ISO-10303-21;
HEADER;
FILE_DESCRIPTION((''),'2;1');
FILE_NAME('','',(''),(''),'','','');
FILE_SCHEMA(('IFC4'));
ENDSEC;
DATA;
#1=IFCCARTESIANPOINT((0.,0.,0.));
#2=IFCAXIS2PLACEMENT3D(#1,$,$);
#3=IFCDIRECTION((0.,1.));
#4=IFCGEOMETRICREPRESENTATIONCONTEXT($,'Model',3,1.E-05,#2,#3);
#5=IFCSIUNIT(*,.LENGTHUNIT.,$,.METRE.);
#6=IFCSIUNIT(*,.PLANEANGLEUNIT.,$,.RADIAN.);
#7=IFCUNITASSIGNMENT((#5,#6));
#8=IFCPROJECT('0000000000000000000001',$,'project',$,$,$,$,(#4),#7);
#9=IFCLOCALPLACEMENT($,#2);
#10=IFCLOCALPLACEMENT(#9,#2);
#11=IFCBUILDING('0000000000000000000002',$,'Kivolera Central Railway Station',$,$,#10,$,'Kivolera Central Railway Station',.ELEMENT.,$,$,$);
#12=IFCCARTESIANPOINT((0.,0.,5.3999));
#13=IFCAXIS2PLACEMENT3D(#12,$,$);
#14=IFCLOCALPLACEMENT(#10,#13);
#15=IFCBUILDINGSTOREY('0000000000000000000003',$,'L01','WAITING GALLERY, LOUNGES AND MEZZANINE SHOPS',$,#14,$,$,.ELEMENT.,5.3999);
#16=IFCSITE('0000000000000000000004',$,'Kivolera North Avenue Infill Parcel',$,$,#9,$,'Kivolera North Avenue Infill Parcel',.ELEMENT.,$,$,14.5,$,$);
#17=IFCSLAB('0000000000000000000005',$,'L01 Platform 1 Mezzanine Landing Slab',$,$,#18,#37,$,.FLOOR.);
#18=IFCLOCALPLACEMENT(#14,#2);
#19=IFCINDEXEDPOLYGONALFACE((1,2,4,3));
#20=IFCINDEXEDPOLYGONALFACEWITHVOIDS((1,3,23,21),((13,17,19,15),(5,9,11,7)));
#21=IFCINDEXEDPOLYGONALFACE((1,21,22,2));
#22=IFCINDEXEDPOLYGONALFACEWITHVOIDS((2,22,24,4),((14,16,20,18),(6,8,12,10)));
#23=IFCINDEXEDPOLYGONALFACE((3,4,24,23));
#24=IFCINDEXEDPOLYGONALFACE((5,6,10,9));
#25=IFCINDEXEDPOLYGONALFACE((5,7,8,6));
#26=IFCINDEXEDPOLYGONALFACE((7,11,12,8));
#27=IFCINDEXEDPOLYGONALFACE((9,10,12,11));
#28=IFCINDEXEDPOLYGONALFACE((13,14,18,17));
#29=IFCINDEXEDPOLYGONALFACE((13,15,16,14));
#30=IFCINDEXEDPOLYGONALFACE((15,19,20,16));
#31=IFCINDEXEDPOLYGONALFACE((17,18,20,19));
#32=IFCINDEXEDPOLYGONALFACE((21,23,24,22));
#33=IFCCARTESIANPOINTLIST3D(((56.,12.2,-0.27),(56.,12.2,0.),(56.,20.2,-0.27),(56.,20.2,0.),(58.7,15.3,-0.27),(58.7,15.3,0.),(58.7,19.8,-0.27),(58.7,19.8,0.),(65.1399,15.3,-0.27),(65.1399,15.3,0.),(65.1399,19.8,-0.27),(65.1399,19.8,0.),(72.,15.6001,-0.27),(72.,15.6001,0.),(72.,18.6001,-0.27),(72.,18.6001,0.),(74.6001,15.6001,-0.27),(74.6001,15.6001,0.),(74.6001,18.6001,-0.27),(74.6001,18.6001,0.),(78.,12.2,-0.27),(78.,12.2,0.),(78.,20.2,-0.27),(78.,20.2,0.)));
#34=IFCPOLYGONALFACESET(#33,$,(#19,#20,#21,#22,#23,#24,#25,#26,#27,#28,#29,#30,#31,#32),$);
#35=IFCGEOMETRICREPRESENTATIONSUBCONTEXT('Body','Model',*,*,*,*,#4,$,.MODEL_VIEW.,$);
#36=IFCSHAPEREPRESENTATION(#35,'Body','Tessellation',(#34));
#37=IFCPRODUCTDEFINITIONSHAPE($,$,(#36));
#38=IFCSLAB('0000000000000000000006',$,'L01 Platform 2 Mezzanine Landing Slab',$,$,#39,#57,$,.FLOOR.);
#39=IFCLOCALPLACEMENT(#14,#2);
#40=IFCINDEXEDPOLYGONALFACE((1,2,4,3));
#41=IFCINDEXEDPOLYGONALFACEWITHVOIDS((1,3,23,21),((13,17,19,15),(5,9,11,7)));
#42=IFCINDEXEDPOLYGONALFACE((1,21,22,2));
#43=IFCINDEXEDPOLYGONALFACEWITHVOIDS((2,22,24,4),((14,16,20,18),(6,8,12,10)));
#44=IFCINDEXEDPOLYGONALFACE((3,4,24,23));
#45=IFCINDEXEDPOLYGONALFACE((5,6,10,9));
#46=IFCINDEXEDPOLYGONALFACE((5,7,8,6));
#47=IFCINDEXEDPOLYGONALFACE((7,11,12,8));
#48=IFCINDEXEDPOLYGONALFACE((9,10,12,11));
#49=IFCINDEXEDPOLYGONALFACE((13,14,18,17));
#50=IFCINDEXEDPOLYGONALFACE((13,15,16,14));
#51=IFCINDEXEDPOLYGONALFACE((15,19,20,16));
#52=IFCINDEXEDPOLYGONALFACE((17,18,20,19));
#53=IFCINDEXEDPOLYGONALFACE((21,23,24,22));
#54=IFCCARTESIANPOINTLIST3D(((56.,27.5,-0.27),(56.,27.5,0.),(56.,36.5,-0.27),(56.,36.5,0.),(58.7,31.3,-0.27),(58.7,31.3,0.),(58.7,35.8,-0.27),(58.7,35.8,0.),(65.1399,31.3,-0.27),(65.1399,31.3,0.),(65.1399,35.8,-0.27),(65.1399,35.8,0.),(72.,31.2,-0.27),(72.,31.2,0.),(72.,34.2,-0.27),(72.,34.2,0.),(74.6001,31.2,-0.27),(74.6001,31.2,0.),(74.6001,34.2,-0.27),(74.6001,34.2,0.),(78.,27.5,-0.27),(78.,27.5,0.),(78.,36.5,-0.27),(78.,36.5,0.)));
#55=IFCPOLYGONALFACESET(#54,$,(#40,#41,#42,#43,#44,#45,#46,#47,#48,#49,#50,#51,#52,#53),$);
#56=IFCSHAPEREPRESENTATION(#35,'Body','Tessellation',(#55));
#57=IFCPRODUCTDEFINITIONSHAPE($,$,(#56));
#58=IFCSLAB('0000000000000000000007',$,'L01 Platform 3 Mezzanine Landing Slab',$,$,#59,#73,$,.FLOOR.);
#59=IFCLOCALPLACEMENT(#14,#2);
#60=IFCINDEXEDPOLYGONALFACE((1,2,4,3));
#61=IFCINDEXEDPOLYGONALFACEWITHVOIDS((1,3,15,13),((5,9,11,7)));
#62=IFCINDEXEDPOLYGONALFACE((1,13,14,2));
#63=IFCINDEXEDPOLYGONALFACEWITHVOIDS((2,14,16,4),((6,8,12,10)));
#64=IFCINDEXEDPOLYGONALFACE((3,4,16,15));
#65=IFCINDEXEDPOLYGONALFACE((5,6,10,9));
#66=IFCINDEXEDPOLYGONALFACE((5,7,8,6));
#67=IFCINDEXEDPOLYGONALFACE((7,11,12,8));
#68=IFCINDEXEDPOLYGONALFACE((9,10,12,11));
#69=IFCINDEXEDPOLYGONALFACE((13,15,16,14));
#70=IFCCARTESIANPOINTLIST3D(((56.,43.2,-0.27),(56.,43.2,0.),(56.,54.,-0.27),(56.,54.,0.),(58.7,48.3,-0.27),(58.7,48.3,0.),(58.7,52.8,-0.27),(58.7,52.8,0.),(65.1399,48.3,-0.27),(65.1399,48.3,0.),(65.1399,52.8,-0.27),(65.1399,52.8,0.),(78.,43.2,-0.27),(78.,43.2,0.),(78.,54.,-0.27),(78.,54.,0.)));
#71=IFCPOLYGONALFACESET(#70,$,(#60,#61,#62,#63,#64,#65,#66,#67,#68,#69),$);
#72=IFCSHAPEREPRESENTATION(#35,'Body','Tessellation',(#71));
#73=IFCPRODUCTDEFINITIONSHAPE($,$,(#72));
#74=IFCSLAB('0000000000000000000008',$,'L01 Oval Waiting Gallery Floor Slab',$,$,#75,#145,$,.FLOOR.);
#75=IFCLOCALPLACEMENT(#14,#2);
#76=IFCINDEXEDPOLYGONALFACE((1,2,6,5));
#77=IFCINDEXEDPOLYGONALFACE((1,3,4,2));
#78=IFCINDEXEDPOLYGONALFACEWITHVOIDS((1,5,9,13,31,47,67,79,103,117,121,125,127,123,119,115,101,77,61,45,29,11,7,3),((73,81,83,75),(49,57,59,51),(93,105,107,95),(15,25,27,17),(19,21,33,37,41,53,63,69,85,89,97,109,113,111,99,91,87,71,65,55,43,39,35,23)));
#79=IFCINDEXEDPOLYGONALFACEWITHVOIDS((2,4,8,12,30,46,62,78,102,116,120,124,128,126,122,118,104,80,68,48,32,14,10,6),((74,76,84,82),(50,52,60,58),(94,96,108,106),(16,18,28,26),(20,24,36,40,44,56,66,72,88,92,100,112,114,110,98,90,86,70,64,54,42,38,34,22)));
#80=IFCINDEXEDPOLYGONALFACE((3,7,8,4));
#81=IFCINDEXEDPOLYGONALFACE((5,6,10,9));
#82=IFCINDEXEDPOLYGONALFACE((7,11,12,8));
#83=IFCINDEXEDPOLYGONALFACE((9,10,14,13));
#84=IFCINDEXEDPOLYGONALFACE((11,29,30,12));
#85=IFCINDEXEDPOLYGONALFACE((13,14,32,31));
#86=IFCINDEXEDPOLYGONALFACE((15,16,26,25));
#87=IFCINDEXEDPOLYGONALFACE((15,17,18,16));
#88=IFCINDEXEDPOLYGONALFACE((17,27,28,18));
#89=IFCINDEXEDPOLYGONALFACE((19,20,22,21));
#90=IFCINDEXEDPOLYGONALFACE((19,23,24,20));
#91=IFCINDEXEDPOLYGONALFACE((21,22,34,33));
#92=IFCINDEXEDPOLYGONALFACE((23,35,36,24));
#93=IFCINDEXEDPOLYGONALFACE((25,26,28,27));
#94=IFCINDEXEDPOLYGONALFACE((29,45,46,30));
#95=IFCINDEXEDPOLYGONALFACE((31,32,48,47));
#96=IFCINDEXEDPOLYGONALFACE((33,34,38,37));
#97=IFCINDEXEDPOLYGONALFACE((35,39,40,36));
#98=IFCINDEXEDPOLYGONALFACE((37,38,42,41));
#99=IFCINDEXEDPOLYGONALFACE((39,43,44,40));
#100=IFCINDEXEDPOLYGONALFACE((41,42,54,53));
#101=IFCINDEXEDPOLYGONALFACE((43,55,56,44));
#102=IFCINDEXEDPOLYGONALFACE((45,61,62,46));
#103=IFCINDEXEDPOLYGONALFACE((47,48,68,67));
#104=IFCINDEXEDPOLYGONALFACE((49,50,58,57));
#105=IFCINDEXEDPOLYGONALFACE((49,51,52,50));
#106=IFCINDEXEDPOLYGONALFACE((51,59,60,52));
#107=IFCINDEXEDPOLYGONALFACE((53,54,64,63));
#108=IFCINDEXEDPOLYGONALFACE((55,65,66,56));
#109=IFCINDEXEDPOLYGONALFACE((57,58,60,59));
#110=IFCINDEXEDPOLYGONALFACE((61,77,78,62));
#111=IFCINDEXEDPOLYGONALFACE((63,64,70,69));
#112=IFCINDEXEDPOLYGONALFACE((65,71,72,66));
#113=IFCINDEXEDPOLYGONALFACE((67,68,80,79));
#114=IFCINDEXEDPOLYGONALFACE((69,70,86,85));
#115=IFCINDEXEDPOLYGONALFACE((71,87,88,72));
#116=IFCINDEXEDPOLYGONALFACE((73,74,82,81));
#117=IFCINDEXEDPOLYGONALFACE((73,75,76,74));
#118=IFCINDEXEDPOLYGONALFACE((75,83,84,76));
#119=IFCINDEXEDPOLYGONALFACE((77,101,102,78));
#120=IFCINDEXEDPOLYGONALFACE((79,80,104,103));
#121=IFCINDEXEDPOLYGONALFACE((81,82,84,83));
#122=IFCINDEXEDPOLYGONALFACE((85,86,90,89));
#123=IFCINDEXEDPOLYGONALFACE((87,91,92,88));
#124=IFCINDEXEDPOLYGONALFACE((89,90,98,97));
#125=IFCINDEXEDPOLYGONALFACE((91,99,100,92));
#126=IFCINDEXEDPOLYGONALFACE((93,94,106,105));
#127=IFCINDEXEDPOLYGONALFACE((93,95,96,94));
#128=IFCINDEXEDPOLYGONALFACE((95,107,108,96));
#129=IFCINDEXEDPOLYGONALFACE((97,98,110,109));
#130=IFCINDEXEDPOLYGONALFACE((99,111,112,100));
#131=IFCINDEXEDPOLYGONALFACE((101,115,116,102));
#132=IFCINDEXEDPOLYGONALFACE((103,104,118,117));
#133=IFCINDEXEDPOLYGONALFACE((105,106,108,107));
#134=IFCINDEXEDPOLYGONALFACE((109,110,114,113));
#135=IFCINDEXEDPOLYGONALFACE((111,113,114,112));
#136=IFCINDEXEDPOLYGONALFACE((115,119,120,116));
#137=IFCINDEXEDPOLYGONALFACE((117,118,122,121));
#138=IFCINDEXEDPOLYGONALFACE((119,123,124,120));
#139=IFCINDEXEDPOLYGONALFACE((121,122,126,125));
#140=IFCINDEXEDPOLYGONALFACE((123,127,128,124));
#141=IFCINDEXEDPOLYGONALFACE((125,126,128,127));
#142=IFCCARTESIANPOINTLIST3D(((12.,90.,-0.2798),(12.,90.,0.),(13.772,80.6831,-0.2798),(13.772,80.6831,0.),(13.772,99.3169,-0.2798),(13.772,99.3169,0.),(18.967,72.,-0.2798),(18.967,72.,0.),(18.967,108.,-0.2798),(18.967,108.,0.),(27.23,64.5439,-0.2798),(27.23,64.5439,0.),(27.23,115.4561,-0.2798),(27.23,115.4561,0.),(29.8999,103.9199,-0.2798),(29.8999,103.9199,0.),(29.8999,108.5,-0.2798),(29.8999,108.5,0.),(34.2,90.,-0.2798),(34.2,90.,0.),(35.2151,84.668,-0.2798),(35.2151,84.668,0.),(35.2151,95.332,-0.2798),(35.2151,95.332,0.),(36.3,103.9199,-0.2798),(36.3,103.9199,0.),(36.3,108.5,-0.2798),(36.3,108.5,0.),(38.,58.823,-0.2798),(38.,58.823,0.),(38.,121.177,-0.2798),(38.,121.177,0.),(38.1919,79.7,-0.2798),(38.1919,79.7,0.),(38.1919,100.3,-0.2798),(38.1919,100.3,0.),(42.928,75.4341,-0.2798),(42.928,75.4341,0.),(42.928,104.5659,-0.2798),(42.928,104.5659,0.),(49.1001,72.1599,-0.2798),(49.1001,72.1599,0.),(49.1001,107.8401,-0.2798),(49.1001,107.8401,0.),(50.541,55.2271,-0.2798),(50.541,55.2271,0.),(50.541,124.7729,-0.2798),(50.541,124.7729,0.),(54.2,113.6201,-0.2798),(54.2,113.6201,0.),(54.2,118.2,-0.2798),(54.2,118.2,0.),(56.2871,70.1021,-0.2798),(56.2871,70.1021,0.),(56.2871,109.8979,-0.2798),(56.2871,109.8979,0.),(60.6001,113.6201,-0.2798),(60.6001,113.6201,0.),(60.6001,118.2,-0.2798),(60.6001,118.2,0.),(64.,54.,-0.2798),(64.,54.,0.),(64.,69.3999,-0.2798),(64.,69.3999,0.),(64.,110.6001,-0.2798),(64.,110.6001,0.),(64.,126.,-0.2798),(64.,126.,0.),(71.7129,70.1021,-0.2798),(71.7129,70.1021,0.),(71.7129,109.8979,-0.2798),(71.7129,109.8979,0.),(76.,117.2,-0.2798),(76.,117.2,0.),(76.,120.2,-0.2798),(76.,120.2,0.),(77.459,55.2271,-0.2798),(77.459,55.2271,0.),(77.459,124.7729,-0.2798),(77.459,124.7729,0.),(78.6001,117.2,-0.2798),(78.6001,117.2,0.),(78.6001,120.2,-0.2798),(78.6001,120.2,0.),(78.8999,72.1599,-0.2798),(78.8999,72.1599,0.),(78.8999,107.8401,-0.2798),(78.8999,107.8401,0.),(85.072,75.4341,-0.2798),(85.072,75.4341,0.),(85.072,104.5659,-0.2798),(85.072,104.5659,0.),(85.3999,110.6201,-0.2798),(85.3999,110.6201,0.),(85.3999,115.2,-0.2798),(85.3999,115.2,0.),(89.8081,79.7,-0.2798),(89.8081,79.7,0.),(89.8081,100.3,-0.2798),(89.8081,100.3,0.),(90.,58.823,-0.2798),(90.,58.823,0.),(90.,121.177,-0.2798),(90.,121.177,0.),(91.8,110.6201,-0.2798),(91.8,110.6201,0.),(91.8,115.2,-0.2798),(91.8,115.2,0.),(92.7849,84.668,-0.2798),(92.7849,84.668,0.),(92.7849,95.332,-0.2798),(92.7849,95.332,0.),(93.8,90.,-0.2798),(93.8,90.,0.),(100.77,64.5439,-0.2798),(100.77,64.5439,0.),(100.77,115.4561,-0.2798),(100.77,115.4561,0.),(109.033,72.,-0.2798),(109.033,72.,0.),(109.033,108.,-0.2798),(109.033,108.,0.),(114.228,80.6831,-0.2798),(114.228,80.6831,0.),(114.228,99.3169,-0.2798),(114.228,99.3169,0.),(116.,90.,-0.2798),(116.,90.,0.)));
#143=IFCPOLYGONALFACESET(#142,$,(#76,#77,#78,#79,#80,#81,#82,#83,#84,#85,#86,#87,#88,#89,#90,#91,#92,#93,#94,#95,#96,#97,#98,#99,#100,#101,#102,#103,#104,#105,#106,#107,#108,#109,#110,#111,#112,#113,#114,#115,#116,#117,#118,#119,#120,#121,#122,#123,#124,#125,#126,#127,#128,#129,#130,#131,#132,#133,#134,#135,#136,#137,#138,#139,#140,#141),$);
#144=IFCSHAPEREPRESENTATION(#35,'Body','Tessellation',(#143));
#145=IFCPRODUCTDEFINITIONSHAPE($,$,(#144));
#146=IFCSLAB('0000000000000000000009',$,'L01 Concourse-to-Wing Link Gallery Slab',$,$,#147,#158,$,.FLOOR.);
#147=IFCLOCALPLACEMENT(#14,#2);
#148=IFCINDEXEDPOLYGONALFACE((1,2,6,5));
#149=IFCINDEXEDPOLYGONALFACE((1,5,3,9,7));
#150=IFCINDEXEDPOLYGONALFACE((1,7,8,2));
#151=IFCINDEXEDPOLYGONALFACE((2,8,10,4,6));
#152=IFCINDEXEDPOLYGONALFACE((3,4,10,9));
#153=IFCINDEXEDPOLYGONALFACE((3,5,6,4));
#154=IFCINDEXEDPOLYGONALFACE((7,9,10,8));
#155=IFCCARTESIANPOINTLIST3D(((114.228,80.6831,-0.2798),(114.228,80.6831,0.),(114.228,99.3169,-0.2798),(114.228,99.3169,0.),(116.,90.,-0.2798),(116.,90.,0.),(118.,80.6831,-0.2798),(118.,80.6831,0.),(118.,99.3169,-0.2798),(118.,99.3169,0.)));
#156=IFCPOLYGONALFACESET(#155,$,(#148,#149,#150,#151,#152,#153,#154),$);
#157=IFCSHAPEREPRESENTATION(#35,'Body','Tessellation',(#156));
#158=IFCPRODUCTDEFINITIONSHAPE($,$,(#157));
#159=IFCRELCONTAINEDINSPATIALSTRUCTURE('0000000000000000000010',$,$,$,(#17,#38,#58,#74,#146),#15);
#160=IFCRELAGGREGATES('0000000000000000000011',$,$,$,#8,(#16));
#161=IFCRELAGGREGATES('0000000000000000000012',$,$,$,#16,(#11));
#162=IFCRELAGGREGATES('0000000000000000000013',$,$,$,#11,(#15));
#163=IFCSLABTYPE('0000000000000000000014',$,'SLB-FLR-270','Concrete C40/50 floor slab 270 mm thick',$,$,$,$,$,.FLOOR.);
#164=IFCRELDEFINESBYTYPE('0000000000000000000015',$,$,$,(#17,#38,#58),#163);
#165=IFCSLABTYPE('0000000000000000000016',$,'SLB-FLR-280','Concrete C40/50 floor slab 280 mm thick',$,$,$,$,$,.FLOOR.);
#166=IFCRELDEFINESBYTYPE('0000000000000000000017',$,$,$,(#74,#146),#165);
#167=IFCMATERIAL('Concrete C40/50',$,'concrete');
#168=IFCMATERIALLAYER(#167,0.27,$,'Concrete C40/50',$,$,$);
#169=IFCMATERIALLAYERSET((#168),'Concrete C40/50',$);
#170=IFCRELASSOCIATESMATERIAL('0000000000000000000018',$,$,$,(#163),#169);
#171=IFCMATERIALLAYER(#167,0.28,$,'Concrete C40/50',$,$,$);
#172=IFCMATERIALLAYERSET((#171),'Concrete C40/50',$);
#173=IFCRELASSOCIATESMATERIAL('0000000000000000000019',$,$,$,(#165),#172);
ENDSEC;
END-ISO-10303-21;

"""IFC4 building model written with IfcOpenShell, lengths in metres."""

from ifc_helpers import new_model, si_unit, direction, frame, origin, place, context, subcontext, project, spatial, polyline, outline, extrude, material, layer, layer_set, type_object, element, save


model = new_model("IFC4")

# Units and contexts
model_context = context("Model", 3, precision=1e-05, world=origin(), true_north=direction((0.0, 1.0)))
body_context = subcontext(model_context, "Body", "Model", "MODEL_VIEW")
ifc_project = project(units=[si_unit("LENGTHUNIT", "METRE"), si_unit("PLANEANGLEUNIT", "RADIAN")], contexts=[model_context])

# Site, building, storey
site_placement = place(None, origin())
site = spatial("IfcSite", under=ifc_project, at=site_placement, Name="Kivolera North Avenue Infill Parcel", LongName="Kivolera North Avenue Infill Parcel", CompositionType="ELEMENT", RefElevation=14.5)
building_placement = place(site_placement, origin())
building = spatial("IfcBuilding", under=site, at=building_placement, Name="Kivolera Central Railway Station", LongName="Kivolera Central Railway Station", CompositionType="ELEMENT")
storey_placement = place(building_placement, frame((0.0, 0.0, 5.3999)))
storey = spatial("IfcBuildingStorey", under=building, at=storey_placement, Name="L01", Description="WAITING GALLERY, LOUNGES AND MEZZANINE SHOPS", CompositionType="ELEMENT", Elevation=5.3999)

# Slabs
ifc_material_1 = material(Name="Concrete C40/50", Category="concrete")
ifc_layer_1 = layer(ifc_material_1, 0.27, Name="Concrete C40/50")
ifc_layer_set_1 = layer_set([ifc_layer_1], Name="Concrete C40/50")
slab_type_1 = type_object("IfcSlabType", Name="SLB-FLR-270", Description="Concrete C40/50 floor slab 270 mm thick", PredefinedType="FLOOR", material=ifc_layer_set_1)
slab_1_placement = place(storey_placement, frame((0.0, 0.0, -0.27)))
element("IfcSlab", 1, at=slab_1_placement, inside=storey, type_object=slab_type_1, Name="L01 Platform 1 Mezzanine Landing Slab", PredefinedType="FLOOR", context=body_context, shape_type="SweptSolid", body=[
    extrude(outline(polyline([(56.0, 12.2), (78.0, 12.2), (78.0, 20.2), (56.0, 20.2), (56.0, 12.2)]), holes=[polyline([(65.1399, 19.8), (58.7, 19.8), (58.7, 15.3), (65.1399, 15.3), (65.1399, 19.8)]), polyline([(72.0, 15.6001), (74.6001, 15.6001), (74.6001, 18.6001), (72.0, 18.6001), (72.0, 15.6001)])]), origin(), (0.0, 0.0, 1.0), 0.27),
])
slab_2_placement = place(storey_placement, frame((0.0, 0.0, -0.27)))
element("IfcSlab", 2, at=slab_2_placement, inside=storey, type_object=slab_type_1, Name="L01 Platform 2 Mezzanine Landing Slab", PredefinedType="FLOOR", context=body_context, shape_type="SweptSolid", body=[
    extrude(outline(polyline([(56.0, 27.5), (78.0, 27.5), (78.0, 36.5), (56.0, 36.5), (56.0, 27.5)]), holes=[polyline([(65.1399, 35.8), (58.7, 35.8), (58.7, 31.3), (65.1399, 31.3), (65.1399, 35.8)]), polyline([(72.0, 31.2), (74.6001, 31.2), (74.6001, 34.2), (72.0, 34.2), (72.0, 31.2)])]), origin(), (0.0, 0.0, 1.0), 0.27),
])
slab_3_placement = place(storey_placement, frame((0.0, 0.0, -0.27)))
element("IfcSlab", 3, at=slab_3_placement, inside=storey, type_object=slab_type_1, Name="L01 Platform 3 Mezzanine Landing Slab", PredefinedType="FLOOR", context=body_context, shape_type="SweptSolid", body=[
    extrude(outline(polyline([(56.0, 43.2), (78.0, 43.2), (78.0, 54.0), (56.0, 54.0), (56.0, 43.2)]), holes=[polyline([(65.1399, 52.8), (58.7, 52.8), (58.7, 48.3), (65.1399, 48.3), (65.1399, 52.8)])]), origin(), (0.0, 0.0, 1.0), 0.27),
])
ifc_layer_2 = layer(ifc_material_1, 0.28, Name="Concrete C40/50")
ifc_layer_set_2 = layer_set([ifc_layer_2], Name="Concrete C40/50")
slab_type_2 = type_object("IfcSlabType", Name="SLB-FLR-280", Description="Concrete C40/50 floor slab 280 mm thick", PredefinedType="FLOOR", material=ifc_layer_set_2)
slab_4_placement = place(storey_placement, frame((0.0, 0.0, -0.2798)))
element("IfcSlab", 4, at=slab_4_placement, inside=storey, type_object=slab_type_2, Name="L01 Oval Waiting Gallery Floor Slab", PredefinedType="FLOOR", context=body_context, shape_type="SweptSolid", body=[
    extrude(outline(polyline([(116.0, 90.0), (114.228, 99.3169), (109.033, 108.0), (100.77, 115.4561), (90.0, 121.177), (77.459, 124.7729), (64.0, 126.0), (50.541, 124.7729), (38.0, 121.177), (27.23, 115.4561), (18.967, 108.0), (13.772, 99.3169), (12.0, 90.0), (13.772, 80.6831), (18.967, 72.0), (27.23, 64.5439), (38.0, 58.823), (50.541, 55.2271), (64.0, 54.0), (77.459, 55.2271), (90.0, 58.823), (100.77, 64.5439), (109.033, 72.0), (114.228, 80.6831), (116.0, 90.0)]), holes=[polyline([(93.8, 90.0), (92.7849, 95.332), (89.8081, 100.3), (85.072, 104.5659), (78.8999, 107.8401), (71.7129, 109.8979), (64.0, 110.6001), (56.2871, 109.8979), (49.1001, 107.8401), (42.928, 104.5659), (38.1919, 100.3), (35.2151, 95.332), (34.2, 90.0), (35.2151, 84.668), (38.1919, 79.7), (42.928, 75.4341), (49.1001, 72.1599), (56.2871, 70.1021), (64.0, 69.3999), (71.7129, 70.1021), (78.8999, 72.1599), (85.072, 75.4341), (89.8081, 79.7), (92.7849, 84.668), (93.8, 90.0)]), polyline([(60.6001, 118.2), (54.2, 118.2), (54.2, 113.6201), (60.6001, 113.6201), (60.6001, 118.2)]), polyline([(36.3, 108.5), (29.8999, 108.5), (29.8999, 103.9199), (36.3, 103.9199), (36.3, 108.5)]), polyline([(91.8, 115.2), (85.3999, 115.2), (85.3999, 110.6201), (91.8, 110.6201), (91.8, 115.2)]), polyline([(76.0, 117.2), (78.6001, 117.2), (78.6001, 120.2), (76.0, 120.2), (76.0, 117.2)])]), origin(), (0.0, 0.0, 1.0), 0.2798),
])
slab_5_placement = place(storey_placement, frame((0.0, 0.0, -0.2798)))
element("IfcSlab", 5, at=slab_5_placement, inside=storey, type_object=slab_type_2, Name="L01 Concourse-to-Wing Link Gallery Slab", PredefinedType="FLOOR", context=body_context, shape_type="SweptSolid", body=[
    extrude(outline(polyline([(114.228, 80.6831), (118.0, 80.6831), (118.0, 99.3169), (114.228, 99.3169), (116.0, 90.0), (114.228, 80.6831)])), origin(), (0.0, 0.0, 1.0), 0.2798),
])

save(model, "model.ifc")
